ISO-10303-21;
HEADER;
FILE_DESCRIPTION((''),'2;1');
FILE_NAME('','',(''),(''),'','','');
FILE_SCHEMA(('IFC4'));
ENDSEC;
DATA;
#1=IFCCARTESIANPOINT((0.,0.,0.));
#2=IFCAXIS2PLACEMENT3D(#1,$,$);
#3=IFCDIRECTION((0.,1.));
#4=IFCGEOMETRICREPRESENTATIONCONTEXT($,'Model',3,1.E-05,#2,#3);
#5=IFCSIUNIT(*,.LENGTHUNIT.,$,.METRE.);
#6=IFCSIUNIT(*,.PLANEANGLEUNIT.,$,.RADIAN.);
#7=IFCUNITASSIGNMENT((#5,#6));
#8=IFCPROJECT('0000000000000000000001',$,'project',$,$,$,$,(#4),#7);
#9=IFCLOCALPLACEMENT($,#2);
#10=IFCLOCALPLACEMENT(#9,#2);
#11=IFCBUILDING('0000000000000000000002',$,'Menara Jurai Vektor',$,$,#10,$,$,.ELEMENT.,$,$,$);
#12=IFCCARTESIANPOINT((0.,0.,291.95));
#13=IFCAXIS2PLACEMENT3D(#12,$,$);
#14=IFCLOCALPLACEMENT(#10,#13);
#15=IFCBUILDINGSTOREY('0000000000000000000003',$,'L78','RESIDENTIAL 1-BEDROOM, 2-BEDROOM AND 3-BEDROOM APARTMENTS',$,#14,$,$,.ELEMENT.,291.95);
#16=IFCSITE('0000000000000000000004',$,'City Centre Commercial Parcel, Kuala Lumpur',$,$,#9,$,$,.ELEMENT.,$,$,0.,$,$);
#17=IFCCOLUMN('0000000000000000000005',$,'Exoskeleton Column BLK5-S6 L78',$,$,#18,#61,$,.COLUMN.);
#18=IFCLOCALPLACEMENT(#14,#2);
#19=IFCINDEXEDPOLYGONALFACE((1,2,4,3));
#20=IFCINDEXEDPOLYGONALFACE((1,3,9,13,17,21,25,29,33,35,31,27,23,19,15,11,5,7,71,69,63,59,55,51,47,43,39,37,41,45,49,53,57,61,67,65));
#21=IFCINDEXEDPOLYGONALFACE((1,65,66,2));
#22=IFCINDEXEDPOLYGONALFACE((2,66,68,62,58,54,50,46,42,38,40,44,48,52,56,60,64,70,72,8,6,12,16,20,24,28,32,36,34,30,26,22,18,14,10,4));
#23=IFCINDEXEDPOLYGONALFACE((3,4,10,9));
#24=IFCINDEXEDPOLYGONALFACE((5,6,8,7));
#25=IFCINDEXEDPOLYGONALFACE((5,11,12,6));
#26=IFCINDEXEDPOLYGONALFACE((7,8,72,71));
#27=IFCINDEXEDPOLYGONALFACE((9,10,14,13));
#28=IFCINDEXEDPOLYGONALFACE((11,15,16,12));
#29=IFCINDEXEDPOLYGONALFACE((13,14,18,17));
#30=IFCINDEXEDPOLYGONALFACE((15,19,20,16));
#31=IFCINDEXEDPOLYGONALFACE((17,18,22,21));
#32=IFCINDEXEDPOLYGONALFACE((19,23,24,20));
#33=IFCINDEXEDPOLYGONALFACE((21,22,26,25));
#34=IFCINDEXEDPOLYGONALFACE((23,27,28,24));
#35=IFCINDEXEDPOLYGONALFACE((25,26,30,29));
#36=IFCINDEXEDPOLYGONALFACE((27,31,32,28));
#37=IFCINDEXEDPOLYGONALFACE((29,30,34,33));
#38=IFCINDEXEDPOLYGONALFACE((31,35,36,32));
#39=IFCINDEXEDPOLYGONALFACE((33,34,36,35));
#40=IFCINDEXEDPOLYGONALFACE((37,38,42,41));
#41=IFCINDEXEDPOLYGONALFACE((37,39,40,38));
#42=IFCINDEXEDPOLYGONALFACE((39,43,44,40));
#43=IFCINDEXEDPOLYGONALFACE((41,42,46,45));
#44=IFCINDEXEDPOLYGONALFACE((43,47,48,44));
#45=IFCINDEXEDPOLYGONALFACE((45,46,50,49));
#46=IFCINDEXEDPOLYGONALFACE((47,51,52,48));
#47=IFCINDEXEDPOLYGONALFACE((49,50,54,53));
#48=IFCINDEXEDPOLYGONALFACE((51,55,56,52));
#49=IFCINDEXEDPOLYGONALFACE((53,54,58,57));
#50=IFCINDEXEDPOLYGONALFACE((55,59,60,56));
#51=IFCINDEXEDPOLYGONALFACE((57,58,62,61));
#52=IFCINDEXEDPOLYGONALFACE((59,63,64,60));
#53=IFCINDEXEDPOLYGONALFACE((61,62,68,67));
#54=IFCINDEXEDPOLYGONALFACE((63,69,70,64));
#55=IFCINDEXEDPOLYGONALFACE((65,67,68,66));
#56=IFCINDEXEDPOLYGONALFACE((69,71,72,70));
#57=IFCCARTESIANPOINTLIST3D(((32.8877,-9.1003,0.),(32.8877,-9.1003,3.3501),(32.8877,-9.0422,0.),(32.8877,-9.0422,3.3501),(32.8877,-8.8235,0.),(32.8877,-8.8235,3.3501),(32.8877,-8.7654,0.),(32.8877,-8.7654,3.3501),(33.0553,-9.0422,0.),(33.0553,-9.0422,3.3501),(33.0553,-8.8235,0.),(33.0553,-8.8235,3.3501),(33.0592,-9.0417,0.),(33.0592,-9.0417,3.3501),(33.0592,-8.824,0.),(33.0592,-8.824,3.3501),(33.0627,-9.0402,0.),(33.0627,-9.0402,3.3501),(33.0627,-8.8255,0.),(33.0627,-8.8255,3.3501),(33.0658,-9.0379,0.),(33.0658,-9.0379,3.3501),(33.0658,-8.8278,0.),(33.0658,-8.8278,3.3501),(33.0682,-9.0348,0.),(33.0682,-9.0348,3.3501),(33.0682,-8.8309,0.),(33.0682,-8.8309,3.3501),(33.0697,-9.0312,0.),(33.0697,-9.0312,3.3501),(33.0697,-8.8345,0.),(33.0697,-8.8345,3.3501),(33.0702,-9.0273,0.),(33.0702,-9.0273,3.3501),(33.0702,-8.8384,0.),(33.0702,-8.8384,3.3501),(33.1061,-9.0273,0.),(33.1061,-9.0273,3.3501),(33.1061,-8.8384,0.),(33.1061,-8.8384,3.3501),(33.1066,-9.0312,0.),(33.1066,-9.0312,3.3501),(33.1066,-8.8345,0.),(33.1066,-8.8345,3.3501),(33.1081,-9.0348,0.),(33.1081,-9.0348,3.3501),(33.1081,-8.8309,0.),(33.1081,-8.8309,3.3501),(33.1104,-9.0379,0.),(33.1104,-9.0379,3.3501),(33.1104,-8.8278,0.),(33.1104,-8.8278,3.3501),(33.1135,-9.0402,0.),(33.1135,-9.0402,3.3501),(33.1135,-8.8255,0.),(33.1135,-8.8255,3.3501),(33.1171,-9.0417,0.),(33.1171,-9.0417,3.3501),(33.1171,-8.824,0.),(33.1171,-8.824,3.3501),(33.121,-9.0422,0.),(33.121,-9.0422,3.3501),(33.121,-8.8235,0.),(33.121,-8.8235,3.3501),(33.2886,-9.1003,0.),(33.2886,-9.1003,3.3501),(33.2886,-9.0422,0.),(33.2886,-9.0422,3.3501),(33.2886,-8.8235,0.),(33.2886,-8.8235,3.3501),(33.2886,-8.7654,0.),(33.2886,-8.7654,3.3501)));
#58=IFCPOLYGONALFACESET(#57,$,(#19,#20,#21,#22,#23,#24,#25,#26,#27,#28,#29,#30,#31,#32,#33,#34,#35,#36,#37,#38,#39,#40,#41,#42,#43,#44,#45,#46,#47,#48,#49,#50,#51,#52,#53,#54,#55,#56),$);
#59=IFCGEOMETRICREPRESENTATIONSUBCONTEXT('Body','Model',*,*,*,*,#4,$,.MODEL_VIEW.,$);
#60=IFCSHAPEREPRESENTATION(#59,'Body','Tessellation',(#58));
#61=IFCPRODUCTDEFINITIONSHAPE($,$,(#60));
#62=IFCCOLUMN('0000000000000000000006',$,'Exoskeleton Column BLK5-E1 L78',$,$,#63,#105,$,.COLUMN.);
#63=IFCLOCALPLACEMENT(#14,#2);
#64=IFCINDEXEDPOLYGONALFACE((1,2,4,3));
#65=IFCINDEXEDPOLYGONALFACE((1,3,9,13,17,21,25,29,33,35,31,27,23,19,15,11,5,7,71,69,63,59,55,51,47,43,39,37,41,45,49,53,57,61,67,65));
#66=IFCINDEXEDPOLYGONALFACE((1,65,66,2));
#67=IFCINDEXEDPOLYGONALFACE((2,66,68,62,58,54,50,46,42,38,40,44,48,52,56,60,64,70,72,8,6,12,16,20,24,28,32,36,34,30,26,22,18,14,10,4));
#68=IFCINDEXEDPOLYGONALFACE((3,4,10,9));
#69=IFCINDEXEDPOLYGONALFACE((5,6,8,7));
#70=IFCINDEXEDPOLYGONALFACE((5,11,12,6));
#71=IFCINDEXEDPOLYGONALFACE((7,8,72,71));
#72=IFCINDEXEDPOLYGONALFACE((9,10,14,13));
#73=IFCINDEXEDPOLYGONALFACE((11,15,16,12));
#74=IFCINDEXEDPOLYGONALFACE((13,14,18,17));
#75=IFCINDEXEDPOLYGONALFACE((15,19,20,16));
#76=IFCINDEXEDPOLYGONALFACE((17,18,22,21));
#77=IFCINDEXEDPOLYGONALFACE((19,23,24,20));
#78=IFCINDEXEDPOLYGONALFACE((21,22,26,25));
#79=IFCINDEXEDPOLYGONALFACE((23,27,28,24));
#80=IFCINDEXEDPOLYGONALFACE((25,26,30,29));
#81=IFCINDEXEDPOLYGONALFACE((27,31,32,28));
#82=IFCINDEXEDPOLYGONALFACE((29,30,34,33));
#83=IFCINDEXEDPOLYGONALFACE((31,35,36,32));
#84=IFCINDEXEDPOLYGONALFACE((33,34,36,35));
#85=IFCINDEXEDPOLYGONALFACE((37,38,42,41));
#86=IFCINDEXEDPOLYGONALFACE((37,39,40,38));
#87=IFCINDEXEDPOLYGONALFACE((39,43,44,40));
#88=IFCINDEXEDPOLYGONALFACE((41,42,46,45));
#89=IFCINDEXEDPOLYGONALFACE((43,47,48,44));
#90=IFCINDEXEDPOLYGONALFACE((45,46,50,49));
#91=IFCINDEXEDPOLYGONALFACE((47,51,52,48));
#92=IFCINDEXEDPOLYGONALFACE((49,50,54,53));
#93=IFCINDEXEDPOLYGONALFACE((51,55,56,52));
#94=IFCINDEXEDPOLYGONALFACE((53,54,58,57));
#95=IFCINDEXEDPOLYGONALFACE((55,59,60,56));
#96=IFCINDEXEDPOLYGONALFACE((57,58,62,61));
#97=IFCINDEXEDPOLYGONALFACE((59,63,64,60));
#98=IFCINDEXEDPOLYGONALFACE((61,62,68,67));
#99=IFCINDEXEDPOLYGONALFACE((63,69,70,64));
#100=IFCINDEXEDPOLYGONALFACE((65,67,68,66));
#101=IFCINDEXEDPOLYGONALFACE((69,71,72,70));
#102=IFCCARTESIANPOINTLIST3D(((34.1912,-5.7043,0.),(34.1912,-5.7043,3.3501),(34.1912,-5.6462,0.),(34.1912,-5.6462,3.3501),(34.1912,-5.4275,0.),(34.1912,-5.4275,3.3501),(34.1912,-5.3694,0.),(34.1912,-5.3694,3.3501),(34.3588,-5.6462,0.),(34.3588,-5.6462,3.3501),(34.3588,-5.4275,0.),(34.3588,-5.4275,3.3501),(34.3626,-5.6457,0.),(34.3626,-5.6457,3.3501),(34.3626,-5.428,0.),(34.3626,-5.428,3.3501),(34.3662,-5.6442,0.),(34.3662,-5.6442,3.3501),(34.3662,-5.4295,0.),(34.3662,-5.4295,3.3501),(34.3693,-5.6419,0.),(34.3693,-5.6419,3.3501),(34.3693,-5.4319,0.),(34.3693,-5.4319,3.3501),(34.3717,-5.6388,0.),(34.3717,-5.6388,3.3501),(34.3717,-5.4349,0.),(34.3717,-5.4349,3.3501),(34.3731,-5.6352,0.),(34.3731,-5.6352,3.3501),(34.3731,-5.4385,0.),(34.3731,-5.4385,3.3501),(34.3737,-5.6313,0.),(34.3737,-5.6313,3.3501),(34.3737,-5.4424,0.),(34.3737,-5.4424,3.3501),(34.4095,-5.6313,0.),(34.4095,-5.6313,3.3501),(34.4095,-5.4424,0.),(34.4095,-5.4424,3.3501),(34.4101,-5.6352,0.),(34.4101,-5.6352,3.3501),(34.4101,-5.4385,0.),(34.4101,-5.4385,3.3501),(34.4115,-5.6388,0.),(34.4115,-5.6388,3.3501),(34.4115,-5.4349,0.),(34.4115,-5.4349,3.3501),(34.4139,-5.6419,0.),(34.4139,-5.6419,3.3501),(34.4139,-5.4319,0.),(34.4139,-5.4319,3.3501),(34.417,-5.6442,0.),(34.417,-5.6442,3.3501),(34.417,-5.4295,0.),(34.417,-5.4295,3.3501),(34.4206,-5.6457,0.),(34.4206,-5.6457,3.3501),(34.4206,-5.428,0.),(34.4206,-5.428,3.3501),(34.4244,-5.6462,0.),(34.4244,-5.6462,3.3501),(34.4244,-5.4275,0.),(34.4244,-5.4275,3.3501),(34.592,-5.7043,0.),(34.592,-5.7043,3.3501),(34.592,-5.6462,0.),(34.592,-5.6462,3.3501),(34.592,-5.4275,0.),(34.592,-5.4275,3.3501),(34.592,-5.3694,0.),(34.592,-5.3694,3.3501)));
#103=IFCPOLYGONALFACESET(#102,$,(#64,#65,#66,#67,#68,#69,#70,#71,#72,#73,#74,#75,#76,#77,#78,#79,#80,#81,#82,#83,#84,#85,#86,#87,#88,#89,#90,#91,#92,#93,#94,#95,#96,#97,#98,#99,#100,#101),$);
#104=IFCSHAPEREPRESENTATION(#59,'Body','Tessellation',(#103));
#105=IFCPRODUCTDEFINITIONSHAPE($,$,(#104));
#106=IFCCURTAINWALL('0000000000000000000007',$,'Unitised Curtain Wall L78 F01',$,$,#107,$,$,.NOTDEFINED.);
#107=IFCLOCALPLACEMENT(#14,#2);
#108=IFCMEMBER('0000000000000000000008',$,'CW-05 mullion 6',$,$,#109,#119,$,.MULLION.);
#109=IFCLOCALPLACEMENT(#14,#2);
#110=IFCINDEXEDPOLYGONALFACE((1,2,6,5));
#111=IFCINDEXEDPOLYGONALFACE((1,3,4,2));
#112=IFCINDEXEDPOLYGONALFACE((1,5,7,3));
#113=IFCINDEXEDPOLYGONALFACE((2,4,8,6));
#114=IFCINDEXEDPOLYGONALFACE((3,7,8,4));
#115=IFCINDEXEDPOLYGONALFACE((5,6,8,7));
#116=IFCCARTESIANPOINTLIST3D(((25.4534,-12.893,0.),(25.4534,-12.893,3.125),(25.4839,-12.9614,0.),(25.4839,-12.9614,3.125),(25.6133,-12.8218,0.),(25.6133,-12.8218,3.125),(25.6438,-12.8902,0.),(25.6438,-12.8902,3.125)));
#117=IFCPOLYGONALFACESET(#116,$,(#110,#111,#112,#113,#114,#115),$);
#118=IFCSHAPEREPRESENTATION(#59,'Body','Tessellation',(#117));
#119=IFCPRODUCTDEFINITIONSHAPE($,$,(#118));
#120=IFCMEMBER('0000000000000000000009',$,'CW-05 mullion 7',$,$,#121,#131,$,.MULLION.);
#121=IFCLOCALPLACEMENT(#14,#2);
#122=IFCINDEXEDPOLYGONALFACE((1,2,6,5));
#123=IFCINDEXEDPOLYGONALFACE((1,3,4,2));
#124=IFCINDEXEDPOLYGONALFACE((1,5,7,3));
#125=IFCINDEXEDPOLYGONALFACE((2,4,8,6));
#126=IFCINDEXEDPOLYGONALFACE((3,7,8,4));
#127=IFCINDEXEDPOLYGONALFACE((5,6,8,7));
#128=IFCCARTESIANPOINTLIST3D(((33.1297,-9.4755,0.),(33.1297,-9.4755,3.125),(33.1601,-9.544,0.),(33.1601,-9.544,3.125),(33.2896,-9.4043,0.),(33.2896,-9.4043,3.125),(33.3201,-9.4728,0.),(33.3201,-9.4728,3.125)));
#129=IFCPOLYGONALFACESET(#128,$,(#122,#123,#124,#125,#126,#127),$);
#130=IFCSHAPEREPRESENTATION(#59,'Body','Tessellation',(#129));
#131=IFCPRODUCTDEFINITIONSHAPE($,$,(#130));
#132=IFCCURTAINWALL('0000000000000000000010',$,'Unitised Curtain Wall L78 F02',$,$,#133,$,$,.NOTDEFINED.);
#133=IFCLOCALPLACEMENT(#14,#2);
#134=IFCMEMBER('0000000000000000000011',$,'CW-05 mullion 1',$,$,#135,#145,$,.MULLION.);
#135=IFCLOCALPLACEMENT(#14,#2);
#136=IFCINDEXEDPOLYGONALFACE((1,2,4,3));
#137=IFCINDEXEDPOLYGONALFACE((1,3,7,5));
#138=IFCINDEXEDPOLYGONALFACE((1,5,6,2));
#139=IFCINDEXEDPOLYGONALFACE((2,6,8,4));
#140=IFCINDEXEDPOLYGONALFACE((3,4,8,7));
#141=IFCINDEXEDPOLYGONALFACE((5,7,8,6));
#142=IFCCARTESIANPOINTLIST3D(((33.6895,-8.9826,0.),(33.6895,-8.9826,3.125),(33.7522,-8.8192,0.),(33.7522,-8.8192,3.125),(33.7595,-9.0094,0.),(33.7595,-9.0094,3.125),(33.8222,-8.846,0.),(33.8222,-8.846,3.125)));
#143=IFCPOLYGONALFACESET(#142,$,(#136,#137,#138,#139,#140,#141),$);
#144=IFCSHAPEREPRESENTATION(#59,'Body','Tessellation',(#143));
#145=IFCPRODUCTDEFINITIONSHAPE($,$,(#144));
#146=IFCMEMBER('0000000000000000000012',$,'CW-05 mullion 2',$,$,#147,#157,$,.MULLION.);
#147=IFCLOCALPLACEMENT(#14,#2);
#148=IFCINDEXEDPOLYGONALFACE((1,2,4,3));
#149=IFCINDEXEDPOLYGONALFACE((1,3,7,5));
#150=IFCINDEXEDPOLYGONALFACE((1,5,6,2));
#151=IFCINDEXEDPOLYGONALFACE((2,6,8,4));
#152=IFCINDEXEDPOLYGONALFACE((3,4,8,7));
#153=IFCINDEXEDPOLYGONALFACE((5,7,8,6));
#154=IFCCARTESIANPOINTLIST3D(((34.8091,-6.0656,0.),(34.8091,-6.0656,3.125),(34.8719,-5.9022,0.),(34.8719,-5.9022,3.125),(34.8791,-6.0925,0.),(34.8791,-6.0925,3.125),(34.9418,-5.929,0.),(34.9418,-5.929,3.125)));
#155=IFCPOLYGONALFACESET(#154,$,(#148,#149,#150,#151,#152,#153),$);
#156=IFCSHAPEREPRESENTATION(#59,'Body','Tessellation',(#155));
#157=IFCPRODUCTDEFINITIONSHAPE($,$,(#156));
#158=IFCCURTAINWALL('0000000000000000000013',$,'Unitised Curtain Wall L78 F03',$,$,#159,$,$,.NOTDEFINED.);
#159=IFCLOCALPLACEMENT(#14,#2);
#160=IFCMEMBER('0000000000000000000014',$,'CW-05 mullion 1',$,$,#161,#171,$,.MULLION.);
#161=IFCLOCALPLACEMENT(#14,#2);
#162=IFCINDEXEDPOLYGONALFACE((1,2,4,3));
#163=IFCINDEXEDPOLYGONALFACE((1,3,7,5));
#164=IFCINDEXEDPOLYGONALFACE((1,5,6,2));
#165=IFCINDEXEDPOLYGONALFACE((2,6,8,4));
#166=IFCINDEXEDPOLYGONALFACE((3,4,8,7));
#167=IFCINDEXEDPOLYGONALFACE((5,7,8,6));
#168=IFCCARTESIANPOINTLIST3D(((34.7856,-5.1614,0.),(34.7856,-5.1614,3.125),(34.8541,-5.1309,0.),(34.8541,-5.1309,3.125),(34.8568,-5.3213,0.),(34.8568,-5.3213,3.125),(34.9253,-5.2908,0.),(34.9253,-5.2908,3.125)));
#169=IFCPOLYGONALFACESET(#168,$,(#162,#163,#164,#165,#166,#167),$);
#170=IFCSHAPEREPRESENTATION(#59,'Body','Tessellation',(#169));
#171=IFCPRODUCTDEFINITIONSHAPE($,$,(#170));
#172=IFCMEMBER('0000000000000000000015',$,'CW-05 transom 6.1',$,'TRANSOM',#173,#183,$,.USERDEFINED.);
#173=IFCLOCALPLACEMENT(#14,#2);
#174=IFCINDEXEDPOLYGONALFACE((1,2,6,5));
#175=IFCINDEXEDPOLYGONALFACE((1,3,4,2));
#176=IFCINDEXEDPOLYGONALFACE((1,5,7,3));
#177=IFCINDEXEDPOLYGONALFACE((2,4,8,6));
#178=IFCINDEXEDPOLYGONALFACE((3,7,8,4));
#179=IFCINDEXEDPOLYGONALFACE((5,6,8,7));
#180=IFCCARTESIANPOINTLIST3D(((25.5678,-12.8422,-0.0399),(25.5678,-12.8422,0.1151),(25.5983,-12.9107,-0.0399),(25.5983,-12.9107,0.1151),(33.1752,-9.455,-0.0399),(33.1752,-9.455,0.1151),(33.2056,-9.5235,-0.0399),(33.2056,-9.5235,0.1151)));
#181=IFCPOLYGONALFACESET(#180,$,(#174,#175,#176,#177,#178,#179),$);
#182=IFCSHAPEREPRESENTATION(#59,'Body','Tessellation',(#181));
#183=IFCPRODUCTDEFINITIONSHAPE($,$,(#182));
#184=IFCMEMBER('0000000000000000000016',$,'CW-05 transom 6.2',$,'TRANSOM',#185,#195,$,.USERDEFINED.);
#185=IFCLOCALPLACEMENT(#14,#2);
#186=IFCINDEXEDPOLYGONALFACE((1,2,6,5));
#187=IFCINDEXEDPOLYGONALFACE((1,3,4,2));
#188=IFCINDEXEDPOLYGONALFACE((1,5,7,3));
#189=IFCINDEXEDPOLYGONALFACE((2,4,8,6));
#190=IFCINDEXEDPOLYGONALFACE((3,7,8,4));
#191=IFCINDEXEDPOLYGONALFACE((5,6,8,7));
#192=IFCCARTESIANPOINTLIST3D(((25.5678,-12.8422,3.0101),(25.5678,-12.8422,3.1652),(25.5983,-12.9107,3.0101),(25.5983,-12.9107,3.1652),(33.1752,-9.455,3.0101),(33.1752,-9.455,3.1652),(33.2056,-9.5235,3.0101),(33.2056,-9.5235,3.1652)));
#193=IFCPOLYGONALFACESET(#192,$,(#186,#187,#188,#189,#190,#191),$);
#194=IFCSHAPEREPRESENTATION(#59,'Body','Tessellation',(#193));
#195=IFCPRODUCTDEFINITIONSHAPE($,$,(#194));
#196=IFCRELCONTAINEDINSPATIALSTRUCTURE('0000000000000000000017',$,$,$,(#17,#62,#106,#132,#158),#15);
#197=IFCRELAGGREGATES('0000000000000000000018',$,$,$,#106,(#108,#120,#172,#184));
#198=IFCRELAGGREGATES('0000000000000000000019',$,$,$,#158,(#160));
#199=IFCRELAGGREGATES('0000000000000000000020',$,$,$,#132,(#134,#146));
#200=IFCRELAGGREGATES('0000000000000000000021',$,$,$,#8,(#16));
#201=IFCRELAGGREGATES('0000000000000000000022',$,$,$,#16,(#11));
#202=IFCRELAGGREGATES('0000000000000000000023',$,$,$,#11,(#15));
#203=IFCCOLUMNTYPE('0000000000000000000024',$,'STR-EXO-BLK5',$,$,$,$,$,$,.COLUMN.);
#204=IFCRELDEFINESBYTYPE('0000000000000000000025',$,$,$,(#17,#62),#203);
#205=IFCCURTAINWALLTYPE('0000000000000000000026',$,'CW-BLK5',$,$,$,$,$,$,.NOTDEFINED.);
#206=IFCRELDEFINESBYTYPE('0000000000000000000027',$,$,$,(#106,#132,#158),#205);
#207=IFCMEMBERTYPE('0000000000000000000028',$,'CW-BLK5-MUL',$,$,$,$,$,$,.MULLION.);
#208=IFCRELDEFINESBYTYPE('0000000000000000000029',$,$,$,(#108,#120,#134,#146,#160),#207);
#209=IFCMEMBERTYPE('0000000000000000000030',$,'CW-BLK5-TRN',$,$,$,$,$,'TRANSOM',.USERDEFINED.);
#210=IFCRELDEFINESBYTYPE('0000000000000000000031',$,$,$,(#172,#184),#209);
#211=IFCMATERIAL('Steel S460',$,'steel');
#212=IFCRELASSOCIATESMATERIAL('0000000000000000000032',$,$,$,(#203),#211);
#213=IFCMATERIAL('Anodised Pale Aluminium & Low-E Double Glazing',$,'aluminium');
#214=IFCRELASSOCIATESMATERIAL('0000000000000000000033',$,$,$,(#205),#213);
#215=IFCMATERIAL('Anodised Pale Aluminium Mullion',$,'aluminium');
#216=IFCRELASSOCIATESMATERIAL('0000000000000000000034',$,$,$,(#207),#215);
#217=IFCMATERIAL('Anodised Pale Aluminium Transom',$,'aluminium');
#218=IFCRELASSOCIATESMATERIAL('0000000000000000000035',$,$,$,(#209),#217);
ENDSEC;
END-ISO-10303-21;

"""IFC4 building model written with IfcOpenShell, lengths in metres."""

from ifc_helpers import new_model, si_unit, direction, frame, origin, origin_2d, place, context, subcontext, project, spatial, rectangle, i_section, extrude, material, material_profile, profile_set, type_object, element, aggregate, save


model = new_model("IFC4")

# Units and contexts
model_context = context("Model", 3, precision=1e-05, world=origin(), true_north=direction((0.0, 1.0)))
body_context = subcontext(model_context, "Body", "Model", "MODEL_VIEW")
ifc_project = project(units=[si_unit("LENGTHUNIT", "METRE"), si_unit("PLANEANGLEUNIT", "RADIAN")], contexts=[model_context])

# Site, building, storey
site_placement = place(None, origin())
site = spatial("IfcSite", under=ifc_project, at=site_placement, Name="City Centre Commercial Parcel, Kuala Lumpur", CompositionType="ELEMENT", RefElevation=0.0)
building_placement = place(site_placement, origin())
building = spatial("IfcBuilding", under=site, at=building_placement, Name="Menara Jurai Vektor", CompositionType="ELEMENT")
storey_placement = place(building_placement, frame((0.0, 0.0, 291.95)))
storey = spatial("IfcBuildingStorey", under=building, at=storey_placement, Name="L78", Description="RESIDENTIAL 1-BEDROOM, 2-BEDROOM AND 3-BEDROOM APARTMENTS", CompositionType="ELEMENT", Elevation=291.95)

# Columns
ifc_material_1 = material(Name="Steel S460", Category="steel")
ifc_material_profile_1 = material_profile(ifc_material_1, i_section(OverallWidth=0.4009, OverallDepth=0.335, WebThickness=0.0359, FlangeThickness=0.0581, FilletRadius=0.0149, at=origin_2d()), Name="HD 400x463")
ifc_profile_set_1 = profile_set([ifc_material_profile_1], Name="Steel S460")
column_type = type_object("IfcColumnType", Name="STR-EXO-BLK5", PredefinedType="COLUMN", material=ifc_profile_set_1)
for number, where, z_axis, x_axis, name in (
    (1, (33.0881, -8.9329, 0.0), (0.0, 0.0, 1.0), (1.0, 0.0, 0.0), "Exoskeleton Column BLK5-S6 L78"),
    (2, (34.3916, -5.5369, 0.0), (0.0, 0.0, 1.0), (1.0, 0.0, 0.0), "Exoskeleton Column BLK5-E1 L78"),
):
    element("IfcColumn", number, at=place(storey_placement, frame(where, z_axis=z_axis, x_axis=x_axis)), inside=storey, type_object=column_type, Name=name, PredefinedType="COLUMN", context=body_context, shape_type="SweptSolid", body=[
        extrude(i_section(OverallWidth=0.4009, OverallDepth=0.335, WebThickness=0.0359, FlangeThickness=0.0581, FilletRadius=0.0149, at=origin_2d()), origin(), (0.0, 0.0, 1.0), 3.3501),
    ])

# Curtain walls, members
ifc_material_2 = material(Name="Anodised Pale Aluminium & Low-E Double Glazing", Category="aluminium")
curtain_wall_type = type_object("IfcCurtainWallType", Name="CW-BLK5", PredefinedType="NOTDEFINED", material=ifc_material_2)
curtain_wall_1_placement = place(storey_placement, origin())
curtain_wall_1 = element("IfcCurtainWall", 3, at=curtain_wall_1_placement, inside=storey, type_object=curtain_wall_type, Name="Unitised Curtain Wall L78 F01", PredefinedType="NOTDEFINED")
ifc_material_3 = material(Name="Anodised Pale Aluminium Mullion", Category="aluminium")
ifc_material_profile_2 = material_profile(ifc_material_3, rectangle(XDim=0.075, YDim=0.175, at=origin_2d()), Name="ALU MUL 75x175")
ifc_profile_set_2 = profile_set([ifc_material_profile_2], Name="Anodised Pale Aluminium Mullion")
member_type_1 = type_object("IfcMemberType", Name="CW-BLK5-MUL", PredefinedType="MULLION", material=ifc_profile_set_2)
member_1_placement = place(storey_placement, frame((25.5486, -12.8916, 0.0), z_axis=(0.0, 0.0, 1.0), x_axis=(-0.406735, 0.913546, 0.0)))
member_1 = element("IfcMember", 4, at=member_1_placement, type_object=member_type_1, Name="CW-05 mullion 6", PredefinedType="MULLION", context=body_context, shape_type="SweptSolid", body=[
    extrude(rectangle(XDim=0.075, YDim=0.175, at=origin_2d()), origin(), (0.0, 0.0, 1.0), 3.125),
])
member_2_placement = place(storey_placement, frame((33.2249, -9.4741, 0.0), z_axis=(0.0, 0.0, 1.0), x_axis=(-0.406735, 0.913546, 0.0)))
member_2 = element("IfcMember", 5, at=member_2_placement, type_object=member_type_1, Name="CW-05 mullion 7", PredefinedType="MULLION", context=body_context, shape_type="SweptSolid", body=[
    extrude(rectangle(XDim=0.075, YDim=0.175, at=origin_2d()), origin(), (0.0, 0.0, 1.0), 3.125),
])
curtain_wall_2_placement = place(storey_placement, origin())
curtain_wall_2 = element("IfcCurtainWall", 6, at=curtain_wall_2_placement, inside=storey, type_object=curtain_wall_type, Name="Unitised Curtain Wall L78 F02", PredefinedType="NOTDEFINED")
member_3_placement = place(storey_placement, frame((33.7559, -8.9143, 0.0), z_axis=(0.0, 0.0, 1.0), x_axis=(-0.933578, 0.358374, 0.0)))
member_3 = element("IfcMember", 7, at=member_3_placement, type_object=member_type_1, Name="CW-05 mullion 1", PredefinedType="MULLION", context=body_context, shape_type="SweptSolid", body=[
    extrude(rectangle(XDim=0.075, YDim=0.175, at=origin_2d()), origin(), (0.0, 0.0, 1.0), 3.125),
])
member_4_placement = place(storey_placement, frame((34.8755, -5.9973, 0.0), z_axis=(0.0, 0.0, 1.0), x_axis=(-0.933578, 0.358374, 0.0)))
member_4 = element("IfcMember", 8, at=member_4_placement, type_object=member_type_1, Name="CW-05 mullion 2", PredefinedType="MULLION", context=body_context, shape_type="SweptSolid", body=[
    extrude(rectangle(XDim=0.075, YDim=0.175, at=origin_2d()), origin(), (0.0, 0.0, 1.0), 3.125),
])

# Curtain wall, member
curtain_wall_3_placement = place(storey_placement, origin())
curtain_wall_3 = element("IfcCurtainWall", 9, at=curtain_wall_3_placement, inside=storey, type_object=curtain_wall_type, Name="Unitised Curtain Wall L78 F03", PredefinedType="NOTDEFINED")
member_5_placement = place(storey_placement, frame((34.8555, -5.2261, 0.0), z_axis=(0.0, 0.0, 1.0), x_axis=(-0.913546, -0.406735, 0.0)))
member_5 = element("IfcMember", 10, at=member_5_placement, type_object=member_type_1, Name="CW-05 mullion 1", PredefinedType="MULLION", context=body_context, shape_type="SweptSolid", body=[
    extrude(rectangle(XDim=0.075, YDim=0.175, at=origin_2d()), origin(), (0.0, 0.0, 1.0), 3.125),
])

# Members
ifc_material_4 = material(Name="Anodised Pale Aluminium Transom", Category="aluminium")
ifc_material_profile_3 = material_profile(ifc_material_4, rectangle(XDim=0.075, YDim=0.155, at=origin_2d()), Name="ALU TRN 75x155")
ifc_profile_set_3 = profile_set([ifc_material_profile_3], Name="Anodised Pale Aluminium Transom")
member_type_2 = type_object("IfcMemberType", Name="CW-BLK5-TRN", ElementType="TRANSOM", PredefinedType="USERDEFINED", material=ifc_profile_set_3)
member_6_placement = place(storey_placement, frame((25.583, -12.8765, 0.0376), z_axis=(0.913538, 0.406753, 0.0), x_axis=(-0.406753, 0.913538, 0.0)))
member_6 = element("IfcMember", 11, at=member_6_placement, type_object=member_type_2, Name="CW-05 transom 6.1", ObjectType="TRANSOM", PredefinedType="USERDEFINED", context=body_context, shape_type="SweptSolid", body=[
    extrude(rectangle(XDim=0.075, YDim=0.155, at=origin_2d()), origin(), (0.0, 0.0, 1.0), 8.3274),
])
member_7_placement = place(storey_placement, frame((25.583, -12.8765, 3.0876), z_axis=(0.913538, 0.406753, 0.0), x_axis=(-0.406753, 0.913538, 0.0)))
member_7 = element("IfcMember", 12, at=member_7_placement, type_object=member_type_2, Name="CW-05 transom 6.2", ObjectType="TRANSOM", PredefinedType="USERDEFINED", context=body_context, shape_type="SweptSolid", body=[
    extrude(rectangle(XDim=0.075, YDim=0.155, at=origin_2d()), origin(), (0.0, 0.0, 1.0), 8.3274),
])

aggregate(curtain_wall_1, [member_1, member_2, member_6, member_7])
aggregate(curtain_wall_3, [member_5])
aggregate(curtain_wall_2, [member_3, member_4])

save(model, "model.ifc")
